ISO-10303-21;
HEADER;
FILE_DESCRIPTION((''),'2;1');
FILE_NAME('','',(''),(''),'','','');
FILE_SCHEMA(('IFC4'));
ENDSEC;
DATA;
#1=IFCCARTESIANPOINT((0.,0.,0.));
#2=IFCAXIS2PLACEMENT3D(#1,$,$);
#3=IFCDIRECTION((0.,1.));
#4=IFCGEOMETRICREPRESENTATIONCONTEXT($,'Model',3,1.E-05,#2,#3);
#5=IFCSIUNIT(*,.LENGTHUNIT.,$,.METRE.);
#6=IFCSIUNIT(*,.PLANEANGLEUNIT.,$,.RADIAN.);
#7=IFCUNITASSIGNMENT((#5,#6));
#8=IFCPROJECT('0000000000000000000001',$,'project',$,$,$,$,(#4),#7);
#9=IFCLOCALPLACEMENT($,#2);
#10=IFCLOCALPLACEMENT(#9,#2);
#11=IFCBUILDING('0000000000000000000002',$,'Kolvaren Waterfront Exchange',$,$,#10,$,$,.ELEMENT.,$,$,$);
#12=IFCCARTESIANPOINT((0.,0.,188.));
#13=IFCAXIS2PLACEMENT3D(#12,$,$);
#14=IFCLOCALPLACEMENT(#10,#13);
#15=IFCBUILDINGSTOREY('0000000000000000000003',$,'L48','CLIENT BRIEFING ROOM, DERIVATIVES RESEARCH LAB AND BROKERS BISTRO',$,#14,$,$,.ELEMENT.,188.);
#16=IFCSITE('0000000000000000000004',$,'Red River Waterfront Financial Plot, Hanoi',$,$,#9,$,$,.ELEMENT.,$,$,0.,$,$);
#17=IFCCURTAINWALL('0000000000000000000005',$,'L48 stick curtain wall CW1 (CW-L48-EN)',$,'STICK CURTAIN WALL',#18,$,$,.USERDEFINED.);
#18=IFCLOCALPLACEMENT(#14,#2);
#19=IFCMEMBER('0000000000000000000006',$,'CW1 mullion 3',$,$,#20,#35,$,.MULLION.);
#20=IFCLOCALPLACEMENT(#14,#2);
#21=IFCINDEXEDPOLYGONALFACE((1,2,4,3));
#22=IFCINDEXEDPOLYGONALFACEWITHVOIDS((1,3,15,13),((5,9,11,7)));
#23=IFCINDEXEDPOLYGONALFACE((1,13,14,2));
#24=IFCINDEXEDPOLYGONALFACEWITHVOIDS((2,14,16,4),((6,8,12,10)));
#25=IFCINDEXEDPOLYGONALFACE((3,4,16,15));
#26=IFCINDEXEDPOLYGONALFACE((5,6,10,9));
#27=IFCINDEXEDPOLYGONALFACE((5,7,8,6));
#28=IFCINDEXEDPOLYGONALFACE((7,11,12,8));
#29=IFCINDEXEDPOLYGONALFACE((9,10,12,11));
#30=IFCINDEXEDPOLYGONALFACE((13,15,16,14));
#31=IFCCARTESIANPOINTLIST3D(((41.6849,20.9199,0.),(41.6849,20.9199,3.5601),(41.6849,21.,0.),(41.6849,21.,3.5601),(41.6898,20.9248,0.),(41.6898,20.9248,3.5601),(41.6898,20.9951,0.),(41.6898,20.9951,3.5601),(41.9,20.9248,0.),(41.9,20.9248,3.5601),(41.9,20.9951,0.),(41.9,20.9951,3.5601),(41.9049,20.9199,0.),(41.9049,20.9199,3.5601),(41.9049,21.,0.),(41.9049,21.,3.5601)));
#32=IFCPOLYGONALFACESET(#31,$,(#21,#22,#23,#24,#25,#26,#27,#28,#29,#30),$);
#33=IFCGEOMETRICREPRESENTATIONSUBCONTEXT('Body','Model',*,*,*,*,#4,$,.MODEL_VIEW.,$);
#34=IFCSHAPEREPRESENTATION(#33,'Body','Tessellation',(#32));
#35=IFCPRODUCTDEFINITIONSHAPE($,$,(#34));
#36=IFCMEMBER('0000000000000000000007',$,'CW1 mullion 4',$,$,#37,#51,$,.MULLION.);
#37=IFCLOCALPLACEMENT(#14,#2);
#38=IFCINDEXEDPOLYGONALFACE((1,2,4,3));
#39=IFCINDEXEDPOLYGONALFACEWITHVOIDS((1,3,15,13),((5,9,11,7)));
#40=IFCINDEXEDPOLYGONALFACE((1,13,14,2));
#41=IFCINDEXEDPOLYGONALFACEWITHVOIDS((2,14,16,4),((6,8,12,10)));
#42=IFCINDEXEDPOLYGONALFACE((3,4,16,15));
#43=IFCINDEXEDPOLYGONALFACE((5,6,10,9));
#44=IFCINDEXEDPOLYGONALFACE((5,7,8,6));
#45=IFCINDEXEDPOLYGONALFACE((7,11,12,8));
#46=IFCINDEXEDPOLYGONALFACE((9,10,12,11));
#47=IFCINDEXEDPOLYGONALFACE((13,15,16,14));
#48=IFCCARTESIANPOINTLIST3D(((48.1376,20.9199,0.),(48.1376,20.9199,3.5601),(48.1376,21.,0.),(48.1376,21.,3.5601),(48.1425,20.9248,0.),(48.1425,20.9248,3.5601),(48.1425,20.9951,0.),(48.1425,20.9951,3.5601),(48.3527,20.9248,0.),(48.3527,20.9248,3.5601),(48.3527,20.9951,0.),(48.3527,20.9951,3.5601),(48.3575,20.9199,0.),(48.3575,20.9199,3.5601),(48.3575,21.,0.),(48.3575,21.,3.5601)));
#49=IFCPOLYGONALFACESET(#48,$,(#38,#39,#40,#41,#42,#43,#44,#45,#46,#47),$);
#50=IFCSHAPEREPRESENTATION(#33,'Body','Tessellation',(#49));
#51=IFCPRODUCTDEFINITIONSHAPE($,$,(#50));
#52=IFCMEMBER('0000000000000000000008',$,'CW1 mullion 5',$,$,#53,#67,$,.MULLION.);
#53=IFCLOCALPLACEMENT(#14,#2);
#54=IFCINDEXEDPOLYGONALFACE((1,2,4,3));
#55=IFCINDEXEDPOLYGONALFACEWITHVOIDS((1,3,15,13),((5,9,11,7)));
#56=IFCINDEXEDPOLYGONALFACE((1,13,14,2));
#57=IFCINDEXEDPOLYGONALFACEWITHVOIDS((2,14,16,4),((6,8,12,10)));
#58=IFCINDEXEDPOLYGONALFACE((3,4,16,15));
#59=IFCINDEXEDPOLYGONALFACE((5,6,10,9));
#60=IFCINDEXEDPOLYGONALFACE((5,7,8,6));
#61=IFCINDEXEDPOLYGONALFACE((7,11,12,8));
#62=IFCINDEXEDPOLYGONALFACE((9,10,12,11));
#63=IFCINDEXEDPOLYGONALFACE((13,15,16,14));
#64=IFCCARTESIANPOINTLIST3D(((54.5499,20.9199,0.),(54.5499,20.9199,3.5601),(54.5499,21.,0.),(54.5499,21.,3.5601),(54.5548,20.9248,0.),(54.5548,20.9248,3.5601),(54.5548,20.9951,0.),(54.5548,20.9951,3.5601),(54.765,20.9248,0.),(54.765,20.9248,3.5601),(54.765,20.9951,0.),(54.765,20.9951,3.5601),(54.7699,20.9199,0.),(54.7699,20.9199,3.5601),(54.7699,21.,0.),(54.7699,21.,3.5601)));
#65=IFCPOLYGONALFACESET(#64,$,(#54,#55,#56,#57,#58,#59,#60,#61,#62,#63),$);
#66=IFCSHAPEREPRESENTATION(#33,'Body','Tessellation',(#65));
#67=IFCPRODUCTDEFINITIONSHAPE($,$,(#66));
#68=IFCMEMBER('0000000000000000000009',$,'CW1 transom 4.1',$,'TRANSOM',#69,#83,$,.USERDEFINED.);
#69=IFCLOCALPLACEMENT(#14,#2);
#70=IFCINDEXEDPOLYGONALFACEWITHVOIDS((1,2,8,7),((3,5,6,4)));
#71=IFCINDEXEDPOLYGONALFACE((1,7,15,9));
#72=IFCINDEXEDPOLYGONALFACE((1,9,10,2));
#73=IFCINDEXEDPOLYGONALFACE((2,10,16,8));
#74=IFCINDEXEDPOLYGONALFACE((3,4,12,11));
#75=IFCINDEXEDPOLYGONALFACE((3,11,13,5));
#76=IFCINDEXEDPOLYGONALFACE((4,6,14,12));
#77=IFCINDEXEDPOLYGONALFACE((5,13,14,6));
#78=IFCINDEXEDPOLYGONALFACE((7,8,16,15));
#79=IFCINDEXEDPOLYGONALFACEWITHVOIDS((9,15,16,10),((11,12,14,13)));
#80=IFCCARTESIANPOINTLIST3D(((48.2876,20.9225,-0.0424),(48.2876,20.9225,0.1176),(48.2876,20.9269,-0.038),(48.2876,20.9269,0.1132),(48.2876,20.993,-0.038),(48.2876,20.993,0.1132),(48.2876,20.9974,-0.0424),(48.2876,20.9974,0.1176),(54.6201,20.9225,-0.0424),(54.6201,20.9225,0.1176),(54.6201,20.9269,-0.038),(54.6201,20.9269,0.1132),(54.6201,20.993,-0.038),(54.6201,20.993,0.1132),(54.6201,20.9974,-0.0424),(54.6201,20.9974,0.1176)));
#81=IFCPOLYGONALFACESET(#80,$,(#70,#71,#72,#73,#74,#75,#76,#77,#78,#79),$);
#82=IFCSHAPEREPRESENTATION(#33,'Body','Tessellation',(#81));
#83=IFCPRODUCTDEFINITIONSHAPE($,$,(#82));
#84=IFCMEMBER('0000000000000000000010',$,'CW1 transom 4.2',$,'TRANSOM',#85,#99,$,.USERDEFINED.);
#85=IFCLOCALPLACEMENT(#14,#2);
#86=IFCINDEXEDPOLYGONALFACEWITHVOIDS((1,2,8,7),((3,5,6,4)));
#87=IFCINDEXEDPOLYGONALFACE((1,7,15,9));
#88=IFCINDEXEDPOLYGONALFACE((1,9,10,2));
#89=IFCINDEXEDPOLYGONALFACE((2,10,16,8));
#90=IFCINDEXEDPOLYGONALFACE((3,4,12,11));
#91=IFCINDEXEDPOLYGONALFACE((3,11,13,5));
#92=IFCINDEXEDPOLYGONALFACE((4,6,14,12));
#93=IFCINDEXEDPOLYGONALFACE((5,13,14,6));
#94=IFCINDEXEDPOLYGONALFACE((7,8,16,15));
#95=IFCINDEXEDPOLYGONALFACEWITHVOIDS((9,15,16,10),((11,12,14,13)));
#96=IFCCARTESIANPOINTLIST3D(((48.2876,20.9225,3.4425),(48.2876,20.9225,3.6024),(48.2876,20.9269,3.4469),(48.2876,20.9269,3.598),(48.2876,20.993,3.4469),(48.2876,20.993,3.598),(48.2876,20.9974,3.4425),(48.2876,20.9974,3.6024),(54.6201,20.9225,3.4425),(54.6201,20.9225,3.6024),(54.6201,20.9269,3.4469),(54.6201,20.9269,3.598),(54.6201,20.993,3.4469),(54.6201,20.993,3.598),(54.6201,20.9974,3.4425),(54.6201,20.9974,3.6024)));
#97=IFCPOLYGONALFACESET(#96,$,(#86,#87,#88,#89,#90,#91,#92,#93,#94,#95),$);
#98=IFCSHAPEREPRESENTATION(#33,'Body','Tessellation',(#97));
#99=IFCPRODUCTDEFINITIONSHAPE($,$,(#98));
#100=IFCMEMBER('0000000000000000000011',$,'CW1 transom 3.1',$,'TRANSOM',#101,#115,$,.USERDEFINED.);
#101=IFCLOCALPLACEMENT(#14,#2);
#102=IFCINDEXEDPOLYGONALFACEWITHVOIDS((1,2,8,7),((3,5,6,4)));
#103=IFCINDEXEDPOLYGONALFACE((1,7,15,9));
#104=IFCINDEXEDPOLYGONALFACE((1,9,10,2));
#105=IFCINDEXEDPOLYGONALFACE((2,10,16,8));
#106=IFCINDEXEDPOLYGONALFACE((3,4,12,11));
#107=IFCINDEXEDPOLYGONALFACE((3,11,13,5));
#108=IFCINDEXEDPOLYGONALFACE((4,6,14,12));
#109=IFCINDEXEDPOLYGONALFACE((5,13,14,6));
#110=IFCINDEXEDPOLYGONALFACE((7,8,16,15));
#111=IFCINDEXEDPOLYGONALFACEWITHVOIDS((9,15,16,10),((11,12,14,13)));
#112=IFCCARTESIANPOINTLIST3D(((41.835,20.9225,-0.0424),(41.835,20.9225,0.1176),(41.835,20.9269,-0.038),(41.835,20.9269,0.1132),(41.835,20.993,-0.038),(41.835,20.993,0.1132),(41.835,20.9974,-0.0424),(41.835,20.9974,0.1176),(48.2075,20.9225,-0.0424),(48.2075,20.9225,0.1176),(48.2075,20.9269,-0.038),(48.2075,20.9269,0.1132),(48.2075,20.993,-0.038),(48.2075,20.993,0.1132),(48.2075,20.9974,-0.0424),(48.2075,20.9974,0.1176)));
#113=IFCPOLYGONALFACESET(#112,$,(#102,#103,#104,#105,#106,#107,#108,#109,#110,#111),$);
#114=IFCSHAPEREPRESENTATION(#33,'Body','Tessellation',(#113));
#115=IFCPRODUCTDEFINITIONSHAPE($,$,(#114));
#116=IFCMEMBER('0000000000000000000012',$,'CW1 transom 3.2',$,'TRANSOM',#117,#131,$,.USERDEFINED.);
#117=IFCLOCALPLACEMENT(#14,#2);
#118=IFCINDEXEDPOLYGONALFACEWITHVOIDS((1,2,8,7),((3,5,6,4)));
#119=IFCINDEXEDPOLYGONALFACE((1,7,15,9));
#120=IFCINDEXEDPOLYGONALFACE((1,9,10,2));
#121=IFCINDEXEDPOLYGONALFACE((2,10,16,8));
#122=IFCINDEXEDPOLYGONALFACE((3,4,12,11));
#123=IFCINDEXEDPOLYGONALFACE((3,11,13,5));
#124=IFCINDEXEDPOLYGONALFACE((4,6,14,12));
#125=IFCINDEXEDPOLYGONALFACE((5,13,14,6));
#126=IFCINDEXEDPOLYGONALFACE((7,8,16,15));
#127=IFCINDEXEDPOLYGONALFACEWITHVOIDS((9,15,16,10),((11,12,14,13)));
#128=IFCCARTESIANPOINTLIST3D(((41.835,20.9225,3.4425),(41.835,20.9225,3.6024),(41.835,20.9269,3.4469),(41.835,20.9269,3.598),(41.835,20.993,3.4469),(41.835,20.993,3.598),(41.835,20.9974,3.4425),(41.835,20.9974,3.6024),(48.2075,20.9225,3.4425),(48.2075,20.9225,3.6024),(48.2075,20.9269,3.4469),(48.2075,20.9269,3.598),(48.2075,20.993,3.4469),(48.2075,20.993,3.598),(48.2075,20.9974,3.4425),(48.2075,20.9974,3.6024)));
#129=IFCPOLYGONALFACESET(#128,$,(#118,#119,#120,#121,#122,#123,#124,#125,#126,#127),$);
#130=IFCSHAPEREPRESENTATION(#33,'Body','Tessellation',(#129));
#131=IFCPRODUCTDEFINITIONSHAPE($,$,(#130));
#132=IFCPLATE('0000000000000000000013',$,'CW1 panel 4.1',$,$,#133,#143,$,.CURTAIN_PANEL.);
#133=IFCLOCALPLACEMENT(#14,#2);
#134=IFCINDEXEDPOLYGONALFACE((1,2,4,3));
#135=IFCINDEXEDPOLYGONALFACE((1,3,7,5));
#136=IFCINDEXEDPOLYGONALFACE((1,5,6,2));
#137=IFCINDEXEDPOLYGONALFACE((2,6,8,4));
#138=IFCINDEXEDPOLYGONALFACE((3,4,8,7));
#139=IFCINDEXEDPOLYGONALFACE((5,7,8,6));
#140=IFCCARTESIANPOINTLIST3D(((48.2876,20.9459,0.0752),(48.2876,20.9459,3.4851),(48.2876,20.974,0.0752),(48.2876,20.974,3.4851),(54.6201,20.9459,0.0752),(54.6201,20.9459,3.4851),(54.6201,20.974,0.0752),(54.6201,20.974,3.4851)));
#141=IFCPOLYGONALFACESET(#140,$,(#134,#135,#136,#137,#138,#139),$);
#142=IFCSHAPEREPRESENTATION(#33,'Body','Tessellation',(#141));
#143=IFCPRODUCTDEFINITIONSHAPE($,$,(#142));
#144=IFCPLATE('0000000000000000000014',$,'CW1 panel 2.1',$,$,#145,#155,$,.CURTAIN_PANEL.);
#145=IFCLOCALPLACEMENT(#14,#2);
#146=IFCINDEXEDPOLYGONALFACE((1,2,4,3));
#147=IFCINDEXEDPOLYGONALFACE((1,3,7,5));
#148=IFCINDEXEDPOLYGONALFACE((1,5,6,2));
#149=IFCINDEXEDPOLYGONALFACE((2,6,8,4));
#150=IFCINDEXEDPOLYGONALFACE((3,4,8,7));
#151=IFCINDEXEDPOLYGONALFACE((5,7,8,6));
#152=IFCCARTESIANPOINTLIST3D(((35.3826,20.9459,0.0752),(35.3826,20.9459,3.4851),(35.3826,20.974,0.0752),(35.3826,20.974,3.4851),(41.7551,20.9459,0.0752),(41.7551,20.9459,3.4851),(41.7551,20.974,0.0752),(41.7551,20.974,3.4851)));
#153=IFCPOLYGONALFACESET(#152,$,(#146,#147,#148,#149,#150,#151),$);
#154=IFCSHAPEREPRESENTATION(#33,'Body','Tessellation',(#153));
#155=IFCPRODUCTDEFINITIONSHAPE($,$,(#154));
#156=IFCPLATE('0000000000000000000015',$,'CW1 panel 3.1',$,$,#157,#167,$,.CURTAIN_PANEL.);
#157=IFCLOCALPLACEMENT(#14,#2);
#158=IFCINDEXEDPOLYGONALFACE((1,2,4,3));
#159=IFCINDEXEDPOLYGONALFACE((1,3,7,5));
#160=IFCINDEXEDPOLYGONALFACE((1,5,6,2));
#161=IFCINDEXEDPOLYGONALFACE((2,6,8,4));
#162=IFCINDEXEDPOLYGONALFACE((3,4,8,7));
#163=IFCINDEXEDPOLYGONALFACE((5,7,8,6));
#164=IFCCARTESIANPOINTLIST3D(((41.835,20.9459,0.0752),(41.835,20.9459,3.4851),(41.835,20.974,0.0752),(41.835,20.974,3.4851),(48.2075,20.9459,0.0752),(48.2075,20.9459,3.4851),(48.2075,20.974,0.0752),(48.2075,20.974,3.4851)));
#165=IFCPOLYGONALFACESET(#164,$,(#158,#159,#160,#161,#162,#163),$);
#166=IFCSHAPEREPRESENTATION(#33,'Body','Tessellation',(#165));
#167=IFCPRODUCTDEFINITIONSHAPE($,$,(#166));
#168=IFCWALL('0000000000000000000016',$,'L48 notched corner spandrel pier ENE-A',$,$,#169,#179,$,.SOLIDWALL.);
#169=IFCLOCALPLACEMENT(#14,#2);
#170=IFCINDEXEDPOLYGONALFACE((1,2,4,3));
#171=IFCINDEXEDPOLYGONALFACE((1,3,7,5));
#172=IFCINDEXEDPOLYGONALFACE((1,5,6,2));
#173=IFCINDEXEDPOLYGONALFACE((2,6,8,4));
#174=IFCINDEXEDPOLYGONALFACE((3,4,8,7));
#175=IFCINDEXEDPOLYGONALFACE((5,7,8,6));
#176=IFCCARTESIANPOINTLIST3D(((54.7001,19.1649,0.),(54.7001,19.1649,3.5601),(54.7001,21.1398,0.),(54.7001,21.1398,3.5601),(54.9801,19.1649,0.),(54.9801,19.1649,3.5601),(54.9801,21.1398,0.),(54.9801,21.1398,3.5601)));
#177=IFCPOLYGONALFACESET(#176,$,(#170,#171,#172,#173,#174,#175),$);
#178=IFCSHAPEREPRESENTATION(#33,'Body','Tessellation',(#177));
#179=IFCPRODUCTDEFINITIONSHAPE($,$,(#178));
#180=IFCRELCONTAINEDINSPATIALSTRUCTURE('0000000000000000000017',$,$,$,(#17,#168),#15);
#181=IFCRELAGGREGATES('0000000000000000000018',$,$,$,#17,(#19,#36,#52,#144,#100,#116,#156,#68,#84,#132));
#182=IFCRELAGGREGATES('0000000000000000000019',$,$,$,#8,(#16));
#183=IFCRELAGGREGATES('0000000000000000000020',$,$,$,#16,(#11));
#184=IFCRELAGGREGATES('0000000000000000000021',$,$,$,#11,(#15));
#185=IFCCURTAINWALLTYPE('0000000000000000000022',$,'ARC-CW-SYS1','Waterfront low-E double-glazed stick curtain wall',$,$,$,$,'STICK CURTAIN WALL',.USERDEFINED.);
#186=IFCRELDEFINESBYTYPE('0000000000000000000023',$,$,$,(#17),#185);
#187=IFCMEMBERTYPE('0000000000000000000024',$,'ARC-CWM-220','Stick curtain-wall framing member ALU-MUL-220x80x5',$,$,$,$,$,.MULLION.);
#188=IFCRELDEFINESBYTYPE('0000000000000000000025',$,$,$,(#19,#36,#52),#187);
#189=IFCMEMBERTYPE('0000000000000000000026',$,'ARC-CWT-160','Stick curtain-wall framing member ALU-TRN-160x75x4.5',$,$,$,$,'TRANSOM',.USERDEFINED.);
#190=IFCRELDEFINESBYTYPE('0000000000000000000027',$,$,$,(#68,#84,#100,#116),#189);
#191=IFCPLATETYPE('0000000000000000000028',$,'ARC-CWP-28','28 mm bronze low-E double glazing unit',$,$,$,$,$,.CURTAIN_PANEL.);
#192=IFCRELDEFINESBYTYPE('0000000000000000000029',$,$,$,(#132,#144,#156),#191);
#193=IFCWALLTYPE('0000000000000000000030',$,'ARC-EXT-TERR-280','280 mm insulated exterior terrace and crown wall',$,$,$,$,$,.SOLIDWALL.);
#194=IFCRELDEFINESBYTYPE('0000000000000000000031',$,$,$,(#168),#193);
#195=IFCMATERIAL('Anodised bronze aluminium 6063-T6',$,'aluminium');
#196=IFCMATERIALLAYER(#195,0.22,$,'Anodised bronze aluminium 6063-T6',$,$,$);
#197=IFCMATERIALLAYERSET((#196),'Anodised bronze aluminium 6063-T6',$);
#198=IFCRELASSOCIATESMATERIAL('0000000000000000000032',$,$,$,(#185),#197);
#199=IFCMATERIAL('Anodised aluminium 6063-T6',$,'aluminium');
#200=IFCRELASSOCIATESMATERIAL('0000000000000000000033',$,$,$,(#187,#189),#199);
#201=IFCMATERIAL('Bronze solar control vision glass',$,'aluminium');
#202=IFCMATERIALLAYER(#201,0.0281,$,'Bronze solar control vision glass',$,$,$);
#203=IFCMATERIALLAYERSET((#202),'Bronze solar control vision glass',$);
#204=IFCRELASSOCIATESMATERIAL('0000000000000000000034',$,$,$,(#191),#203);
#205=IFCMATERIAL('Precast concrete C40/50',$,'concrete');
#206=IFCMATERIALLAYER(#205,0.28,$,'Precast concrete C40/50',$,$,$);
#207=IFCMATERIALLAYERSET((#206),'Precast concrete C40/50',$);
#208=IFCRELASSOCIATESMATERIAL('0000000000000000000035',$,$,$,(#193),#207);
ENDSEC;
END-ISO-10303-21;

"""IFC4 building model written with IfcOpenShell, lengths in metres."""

from ifc_helpers import new_model, si_unit, direction, frame, frame_2d, origin, origin_with_axes, origin_2d, place, context, subcontext, project, spatial, rectangle, hollow_rectangle, extrude, source, transform, mapped, material, layer, layer_set, material_profile, profile_set, type_object, element, aggregate, save


model = new_model("IFC4")

# Units and contexts
model_context = context("Model", 3, precision=1e-05, world=origin(), true_north=direction((0.0, 1.0)))
body_context = subcontext(model_context, "Body", "Model", "MODEL_VIEW")
ifc_project = project(units=[si_unit("LENGTHUNIT", "METRE"), si_unit("PLANEANGLEUNIT", "RADIAN")], contexts=[model_context])

# Site, building, storey
site_placement = place(None, origin())
site = spatial("IfcSite", under=ifc_project, at=site_placement, Name="Red River Waterfront Financial Plot, Hanoi", CompositionType="ELEMENT", RefElevation=0.0)
building_placement = place(site_placement, origin())
building = spatial("IfcBuilding", under=site, at=building_placement, Name="Kolvaren Waterfront Exchange", CompositionType="ELEMENT")
storey_placement = place(building_placement, frame((0.0, 0.0, 188.0)))
storey = spatial("IfcBuildingStorey", under=building, at=storey_placement, Name="L48", Description="CLIENT BRIEFING ROOM, DERIVATIVES RESEARCH LAB AND BROKERS BISTRO", CompositionType="ELEMENT", Elevation=188.0)

# Curtain wall, members, plates
ifc_material_1 = material(Name="Anodised bronze aluminium 6063-T6", Category="aluminium")
ifc_layer_1 = layer(ifc_material_1, 0.22, Name="Anodised bronze aluminium 6063-T6")
ifc_layer_set_1 = layer_set([ifc_layer_1], Name="Anodised bronze aluminium 6063-T6")
curtain_wall_type = type_object("IfcCurtainWallType", Name="ARC-CW-SYS1", Description="Waterfront low-E double-glazed stick curtain wall", ElementType="STICK CURTAIN WALL", PredefinedType="USERDEFINED", material=ifc_layer_set_1)
curtain_wall_placement = place(storey_placement, origin())
curtain_wall = element("IfcCurtainWall", 1, at=curtain_wall_placement, inside=storey, type_object=curtain_wall_type, Name="L48 stick curtain wall CW1 (CW-L48-EN)", ObjectType="STICK CURTAIN WALL", PredefinedType="USERDEFINED")
ifc_material_2 = material(Name="Anodised aluminium 6063-T6", Category="aluminium")
ifc_material_profile_1 = material_profile(ifc_material_2, hollow_rectangle(XDim=0.0801, YDim=0.22, WallThickness=0.0049, at=origin_2d()), Name="ALU-MUL-220x80x5")
ifc_profile_set_1 = profile_set([ifc_material_profile_1], Name="Anodised aluminium 6063-T6")
member_type_1 = type_object("IfcMemberType", Name="ARC-CWM-220", Description="Stick curtain-wall framing member ALU-MUL-220x80x5", PredefinedType="MULLION", material=ifc_profile_set_1)
shared_shape_1 = source(origin_with_axes(), body_context, "Body", "SweptSolid", [
    extrude(hollow_rectangle(XDim=0.0801, YDim=0.22, WallThickness=0.0049, at=origin_2d()), origin(), (0.0, 0.0, 1.0), 3.5601),
])
member_1_placement = place(storey_placement, frame((41.7949, 20.96, 0.0), z_axis=(0.0, 0.0, 1.0), x_axis=(0.0, 1.0, 0.0)))
member_1 = element("IfcMember", 2, at=member_1_placement, type_object=member_type_1, Name="CW1 mullion 3", PredefinedType="MULLION", context=body_context, shape_type="MappedRepresentation", body=[
    mapped(shared_shape_1, transform((0.0, 0.0, 0.0), x_axis=(1.0, 0.0, 0.0), y_axis=(0.0, 1.0, 0.0), z_axis=(0.0, 0.0, 1.0), scale=1.0)),
])
member_2_placement = place(storey_placement, frame((48.2476, 20.96, 0.0), z_axis=(0.0, 0.0, 1.0), x_axis=(0.0, 1.0, 0.0)))
member_2 = element("IfcMember", 3, at=member_2_placement, type_object=member_type_1, Name="CW1 mullion 4", PredefinedType="MULLION", context=body_context, shape_type="MappedRepresentation", body=[
    mapped(shared_shape_1, transform((0.0, 0.0, 0.0), x_axis=(1.0, 0.0, 0.0), y_axis=(0.0, 1.0, 0.0), z_axis=(0.0, 0.0, 1.0), scale=1.0)),
])
member_3_placement = place(storey_placement, frame((54.6599, 20.96, 0.0), z_axis=(0.0, 0.0, 1.0), x_axis=(0.0, 1.0, 0.0)))
member_3 = element("IfcMember", 4, at=member_3_placement, type_object=member_type_1, Name="CW1 mullion 5", PredefinedType="MULLION", context=body_context, shape_type="MappedRepresentation", body=[
    mapped(shared_shape_1, transform((0.0, 0.0, 0.0), x_axis=(1.0, 0.0, 0.0), y_axis=(0.0, 1.0, 0.0), z_axis=(0.0, 0.0, 1.0), scale=1.0)),
])
ifc_material_profile_2 = material_profile(ifc_material_2, hollow_rectangle(XDim=0.075, YDim=0.1599, WallThickness=0.0044, at=origin_2d()), Name="ALU-TRN-160x75x4.5")
ifc_profile_set_2 = profile_set([ifc_material_profile_2], Name="Anodised aluminium 6063-T6")
member_type_2 = type_object("IfcMemberType", Name="ARC-CWT-160", Description="Stick curtain-wall framing member ALU-TRN-160x75x4.5", ElementType="TRANSOM", PredefinedType="USERDEFINED", material=ifc_profile_set_2)
shared_shape_2 = source(origin_with_axes(), body_context, "Body", "SweptSolid", [
    extrude(hollow_rectangle(XDim=0.075, YDim=0.1599, WallThickness=0.0044, at=origin_2d()), origin(), (0.0, 0.0, 1.0), 6.3325),
])
member_4_placement = place(storey_placement, frame((48.2876, 20.96, 0.0376), z_axis=(1.0, 0.0, 0.0), x_axis=(0.0, 1.0, 0.0)))
member_4 = element("IfcMember", 5, at=member_4_placement, type_object=member_type_2, Name="CW1 transom 4.1", ObjectType="TRANSOM", PredefinedType="USERDEFINED", context=body_context, shape_type="MappedRepresentation", body=[
    mapped(shared_shape_2, transform((0.0, 0.0, 0.0), x_axis=(1.0, 0.0, 0.0), y_axis=(0.0, 1.0, 0.0), z_axis=(0.0, 0.0, 1.0), scale=1.0)),
])
member_5_placement = place(storey_placement, frame((48.2876, 20.96, 3.5225), z_axis=(1.0, 0.0, 0.0), x_axis=(0.0, 1.0, 0.0)))
member_5 = element("IfcMember", 6, at=member_5_placement, type_object=member_type_2, Name="CW1 transom 4.2", ObjectType="TRANSOM", PredefinedType="USERDEFINED", context=body_context, shape_type="MappedRepresentation", body=[
    mapped(shared_shape_2, transform((0.0, 0.0, 0.0), x_axis=(1.0, 0.0, 0.0), y_axis=(0.0, 1.0, 0.0), z_axis=(0.0, 0.0, 1.0), scale=1.0)),
])
shared_shape_3 = source(origin_with_axes(), body_context, "Body", "SweptSolid", [
    extrude(hollow_rectangle(XDim=0.075, YDim=0.1599, WallThickness=0.0044, at=origin_2d()), origin(), (0.0, 0.0, 1.0), 6.3726),
])
member_6_placement = place(storey_placement, frame((41.835, 20.96, 0.0376), z_axis=(1.0, 0.0, 0.0), x_axis=(0.0, 1.0, 0.0)))
member_6 = element("IfcMember", 7, at=member_6_placement, type_object=member_type_2, Name="CW1 transom 3.1", ObjectType="TRANSOM", PredefinedType="USERDEFINED", context=body_context, shape_type="MappedRepresentation", body=[
    mapped(shared_shape_3, transform((0.0, 0.0, 0.0), x_axis=(1.0, 0.0, 0.0), y_axis=(0.0, 1.0, 0.0), z_axis=(0.0, 0.0, 1.0), scale=1.0)),
])
member_7_placement = place(storey_placement, frame((41.835, 20.96, 3.5225), z_axis=(1.0, 0.0, 0.0), x_axis=(0.0, 1.0, 0.0)))
member_7 = element("IfcMember", 8, at=member_7_placement, type_object=member_type_2, Name="CW1 transom 3.2", ObjectType="TRANSOM", PredefinedType="USERDEFINED", context=body_context, shape_type="MappedRepresentation", body=[
    mapped(shared_shape_3, transform((0.0, 0.0, 0.0), x_axis=(1.0, 0.0, 0.0), y_axis=(0.0, 1.0, 0.0), z_axis=(0.0, 0.0, 1.0), scale=1.0)),
])
ifc_material_3 = material(Name="Bronze solar control vision glass", Category="aluminium")
ifc_layer_2 = layer(ifc_material_3, 0.0281, Name="Bronze solar control vision glass")
ifc_layer_set_2 = layer_set([ifc_layer_2], Name="Bronze solar control vision glass")
plate_type = type_object("IfcPlateType", Name="ARC-CWP-28", Description="28 mm bronze low-E double glazing unit", PredefinedType="CURTAIN_PANEL", material=ifc_layer_set_2)
shared_shape_4 = source(origin_with_axes(), body_context, "Body", "SweptSolid", [
    extrude(rectangle(XDim=6.3325, YDim=0.0281, at=origin_2d()), origin(), (0.0, 0.0, 1.0), 3.4099),
])
plate_1_placement = place(storey_placement, frame((51.4539, 20.96, 0.0752), z_axis=(0.0, 0.0, 1.0), x_axis=(1.0, 0.0, 0.0)))
plate_1 = element("IfcPlate", 9, at=plate_1_placement, type_object=plate_type, Name="CW1 panel 4.1", PredefinedType="CURTAIN_PANEL", context=body_context, shape_type="MappedRepresentation", body=[
    mapped(shared_shape_4, transform((0.0, 0.0, 0.0), x_axis=(1.0, 0.0, 0.0), y_axis=(0.0, 1.0, 0.0), z_axis=(0.0, 0.0, 1.0), scale=1.0)),
])
shared_shape_5 = source(origin_with_axes(), body_context, "Body", "SweptSolid", [
    extrude(rectangle(XDim=6.3726, YDim=0.0281, at=origin_2d()), origin(), (0.0, 0.0, 1.0), 3.4099),
])
plate_2_placement = place(storey_placement, frame((38.5688, 20.96, 0.0752), z_axis=(0.0, 0.0, 1.0), x_axis=(1.0, 0.0, 0.0)))
plate_2 = element("IfcPlate", 10, at=plate_2_placement, type_object=plate_type, Name="CW1 panel 2.1", PredefinedType="CURTAIN_PANEL", context=body_context, shape_type="MappedRepresentation", body=[
    mapped(shared_shape_5, transform((0.0, 0.0, 0.0), x_axis=(1.0, 0.0, 0.0), y_axis=(0.0, 1.0, 0.0), z_axis=(0.0, 0.0, 1.0), scale=1.0)),
])
plate_3_placement = place(storey_placement, frame((45.0212, 20.96, 0.0752), z_axis=(0.0, 0.0, 1.0), x_axis=(1.0, 0.0, 0.0)))
plate_3 = element("IfcPlate", 11, at=plate_3_placement, type_object=plate_type, Name="CW1 panel 3.1", PredefinedType="CURTAIN_PANEL", context=body_context, shape_type="MappedRepresentation", body=[
    mapped(shared_shape_5, transform((0.0, 0.0, 0.0), x_axis=(1.0, 0.0, 0.0), y_axis=(0.0, 1.0, 0.0), z_axis=(0.0, 0.0, 1.0), scale=1.0)),
])
aggregate(curtain_wall, [member_1, member_2, member_3, plate_2, member_6, member_7, plate_3, member_4, member_5, plate_1])

# Wall
ifc_material_4 = material(Name="Precast concrete C40/50", Category="concrete")
ifc_layer_3 = layer(ifc_material_4, 0.28, Name="Precast concrete C40/50")
ifc_layer_set_3 = layer_set([ifc_layer_3], Name="Precast concrete C40/50")
wall_type_1 = type_object("IfcWallType", Name="ARC-EXT-TERR-280", Description="280 mm insulated exterior terrace and crown wall", PredefinedType="SOLIDWALL", material=ifc_layer_set_3)
wall_1_placement = place(storey_placement, frame((54.8401, 19.165, 0.0), z_axis=(0.0, 0.0, 1.0), x_axis=(0.0, 1.0, 0.0)))
element("IfcWall", 12, at=wall_1_placement, inside=storey, type_object=wall_type_1, Name="L48 notched corner spandrel pier ENE-A", PredefinedType="SOLIDWALL", context=body_context, shape_type="SweptSolid", body=[
    extrude(rectangle(XDim=1.9749, YDim=0.28, at=frame_2d((0.9873, 0.0))), origin(), (0.0, 0.0, 1.0), 3.5601),
])

save(model, "model.ifc")
